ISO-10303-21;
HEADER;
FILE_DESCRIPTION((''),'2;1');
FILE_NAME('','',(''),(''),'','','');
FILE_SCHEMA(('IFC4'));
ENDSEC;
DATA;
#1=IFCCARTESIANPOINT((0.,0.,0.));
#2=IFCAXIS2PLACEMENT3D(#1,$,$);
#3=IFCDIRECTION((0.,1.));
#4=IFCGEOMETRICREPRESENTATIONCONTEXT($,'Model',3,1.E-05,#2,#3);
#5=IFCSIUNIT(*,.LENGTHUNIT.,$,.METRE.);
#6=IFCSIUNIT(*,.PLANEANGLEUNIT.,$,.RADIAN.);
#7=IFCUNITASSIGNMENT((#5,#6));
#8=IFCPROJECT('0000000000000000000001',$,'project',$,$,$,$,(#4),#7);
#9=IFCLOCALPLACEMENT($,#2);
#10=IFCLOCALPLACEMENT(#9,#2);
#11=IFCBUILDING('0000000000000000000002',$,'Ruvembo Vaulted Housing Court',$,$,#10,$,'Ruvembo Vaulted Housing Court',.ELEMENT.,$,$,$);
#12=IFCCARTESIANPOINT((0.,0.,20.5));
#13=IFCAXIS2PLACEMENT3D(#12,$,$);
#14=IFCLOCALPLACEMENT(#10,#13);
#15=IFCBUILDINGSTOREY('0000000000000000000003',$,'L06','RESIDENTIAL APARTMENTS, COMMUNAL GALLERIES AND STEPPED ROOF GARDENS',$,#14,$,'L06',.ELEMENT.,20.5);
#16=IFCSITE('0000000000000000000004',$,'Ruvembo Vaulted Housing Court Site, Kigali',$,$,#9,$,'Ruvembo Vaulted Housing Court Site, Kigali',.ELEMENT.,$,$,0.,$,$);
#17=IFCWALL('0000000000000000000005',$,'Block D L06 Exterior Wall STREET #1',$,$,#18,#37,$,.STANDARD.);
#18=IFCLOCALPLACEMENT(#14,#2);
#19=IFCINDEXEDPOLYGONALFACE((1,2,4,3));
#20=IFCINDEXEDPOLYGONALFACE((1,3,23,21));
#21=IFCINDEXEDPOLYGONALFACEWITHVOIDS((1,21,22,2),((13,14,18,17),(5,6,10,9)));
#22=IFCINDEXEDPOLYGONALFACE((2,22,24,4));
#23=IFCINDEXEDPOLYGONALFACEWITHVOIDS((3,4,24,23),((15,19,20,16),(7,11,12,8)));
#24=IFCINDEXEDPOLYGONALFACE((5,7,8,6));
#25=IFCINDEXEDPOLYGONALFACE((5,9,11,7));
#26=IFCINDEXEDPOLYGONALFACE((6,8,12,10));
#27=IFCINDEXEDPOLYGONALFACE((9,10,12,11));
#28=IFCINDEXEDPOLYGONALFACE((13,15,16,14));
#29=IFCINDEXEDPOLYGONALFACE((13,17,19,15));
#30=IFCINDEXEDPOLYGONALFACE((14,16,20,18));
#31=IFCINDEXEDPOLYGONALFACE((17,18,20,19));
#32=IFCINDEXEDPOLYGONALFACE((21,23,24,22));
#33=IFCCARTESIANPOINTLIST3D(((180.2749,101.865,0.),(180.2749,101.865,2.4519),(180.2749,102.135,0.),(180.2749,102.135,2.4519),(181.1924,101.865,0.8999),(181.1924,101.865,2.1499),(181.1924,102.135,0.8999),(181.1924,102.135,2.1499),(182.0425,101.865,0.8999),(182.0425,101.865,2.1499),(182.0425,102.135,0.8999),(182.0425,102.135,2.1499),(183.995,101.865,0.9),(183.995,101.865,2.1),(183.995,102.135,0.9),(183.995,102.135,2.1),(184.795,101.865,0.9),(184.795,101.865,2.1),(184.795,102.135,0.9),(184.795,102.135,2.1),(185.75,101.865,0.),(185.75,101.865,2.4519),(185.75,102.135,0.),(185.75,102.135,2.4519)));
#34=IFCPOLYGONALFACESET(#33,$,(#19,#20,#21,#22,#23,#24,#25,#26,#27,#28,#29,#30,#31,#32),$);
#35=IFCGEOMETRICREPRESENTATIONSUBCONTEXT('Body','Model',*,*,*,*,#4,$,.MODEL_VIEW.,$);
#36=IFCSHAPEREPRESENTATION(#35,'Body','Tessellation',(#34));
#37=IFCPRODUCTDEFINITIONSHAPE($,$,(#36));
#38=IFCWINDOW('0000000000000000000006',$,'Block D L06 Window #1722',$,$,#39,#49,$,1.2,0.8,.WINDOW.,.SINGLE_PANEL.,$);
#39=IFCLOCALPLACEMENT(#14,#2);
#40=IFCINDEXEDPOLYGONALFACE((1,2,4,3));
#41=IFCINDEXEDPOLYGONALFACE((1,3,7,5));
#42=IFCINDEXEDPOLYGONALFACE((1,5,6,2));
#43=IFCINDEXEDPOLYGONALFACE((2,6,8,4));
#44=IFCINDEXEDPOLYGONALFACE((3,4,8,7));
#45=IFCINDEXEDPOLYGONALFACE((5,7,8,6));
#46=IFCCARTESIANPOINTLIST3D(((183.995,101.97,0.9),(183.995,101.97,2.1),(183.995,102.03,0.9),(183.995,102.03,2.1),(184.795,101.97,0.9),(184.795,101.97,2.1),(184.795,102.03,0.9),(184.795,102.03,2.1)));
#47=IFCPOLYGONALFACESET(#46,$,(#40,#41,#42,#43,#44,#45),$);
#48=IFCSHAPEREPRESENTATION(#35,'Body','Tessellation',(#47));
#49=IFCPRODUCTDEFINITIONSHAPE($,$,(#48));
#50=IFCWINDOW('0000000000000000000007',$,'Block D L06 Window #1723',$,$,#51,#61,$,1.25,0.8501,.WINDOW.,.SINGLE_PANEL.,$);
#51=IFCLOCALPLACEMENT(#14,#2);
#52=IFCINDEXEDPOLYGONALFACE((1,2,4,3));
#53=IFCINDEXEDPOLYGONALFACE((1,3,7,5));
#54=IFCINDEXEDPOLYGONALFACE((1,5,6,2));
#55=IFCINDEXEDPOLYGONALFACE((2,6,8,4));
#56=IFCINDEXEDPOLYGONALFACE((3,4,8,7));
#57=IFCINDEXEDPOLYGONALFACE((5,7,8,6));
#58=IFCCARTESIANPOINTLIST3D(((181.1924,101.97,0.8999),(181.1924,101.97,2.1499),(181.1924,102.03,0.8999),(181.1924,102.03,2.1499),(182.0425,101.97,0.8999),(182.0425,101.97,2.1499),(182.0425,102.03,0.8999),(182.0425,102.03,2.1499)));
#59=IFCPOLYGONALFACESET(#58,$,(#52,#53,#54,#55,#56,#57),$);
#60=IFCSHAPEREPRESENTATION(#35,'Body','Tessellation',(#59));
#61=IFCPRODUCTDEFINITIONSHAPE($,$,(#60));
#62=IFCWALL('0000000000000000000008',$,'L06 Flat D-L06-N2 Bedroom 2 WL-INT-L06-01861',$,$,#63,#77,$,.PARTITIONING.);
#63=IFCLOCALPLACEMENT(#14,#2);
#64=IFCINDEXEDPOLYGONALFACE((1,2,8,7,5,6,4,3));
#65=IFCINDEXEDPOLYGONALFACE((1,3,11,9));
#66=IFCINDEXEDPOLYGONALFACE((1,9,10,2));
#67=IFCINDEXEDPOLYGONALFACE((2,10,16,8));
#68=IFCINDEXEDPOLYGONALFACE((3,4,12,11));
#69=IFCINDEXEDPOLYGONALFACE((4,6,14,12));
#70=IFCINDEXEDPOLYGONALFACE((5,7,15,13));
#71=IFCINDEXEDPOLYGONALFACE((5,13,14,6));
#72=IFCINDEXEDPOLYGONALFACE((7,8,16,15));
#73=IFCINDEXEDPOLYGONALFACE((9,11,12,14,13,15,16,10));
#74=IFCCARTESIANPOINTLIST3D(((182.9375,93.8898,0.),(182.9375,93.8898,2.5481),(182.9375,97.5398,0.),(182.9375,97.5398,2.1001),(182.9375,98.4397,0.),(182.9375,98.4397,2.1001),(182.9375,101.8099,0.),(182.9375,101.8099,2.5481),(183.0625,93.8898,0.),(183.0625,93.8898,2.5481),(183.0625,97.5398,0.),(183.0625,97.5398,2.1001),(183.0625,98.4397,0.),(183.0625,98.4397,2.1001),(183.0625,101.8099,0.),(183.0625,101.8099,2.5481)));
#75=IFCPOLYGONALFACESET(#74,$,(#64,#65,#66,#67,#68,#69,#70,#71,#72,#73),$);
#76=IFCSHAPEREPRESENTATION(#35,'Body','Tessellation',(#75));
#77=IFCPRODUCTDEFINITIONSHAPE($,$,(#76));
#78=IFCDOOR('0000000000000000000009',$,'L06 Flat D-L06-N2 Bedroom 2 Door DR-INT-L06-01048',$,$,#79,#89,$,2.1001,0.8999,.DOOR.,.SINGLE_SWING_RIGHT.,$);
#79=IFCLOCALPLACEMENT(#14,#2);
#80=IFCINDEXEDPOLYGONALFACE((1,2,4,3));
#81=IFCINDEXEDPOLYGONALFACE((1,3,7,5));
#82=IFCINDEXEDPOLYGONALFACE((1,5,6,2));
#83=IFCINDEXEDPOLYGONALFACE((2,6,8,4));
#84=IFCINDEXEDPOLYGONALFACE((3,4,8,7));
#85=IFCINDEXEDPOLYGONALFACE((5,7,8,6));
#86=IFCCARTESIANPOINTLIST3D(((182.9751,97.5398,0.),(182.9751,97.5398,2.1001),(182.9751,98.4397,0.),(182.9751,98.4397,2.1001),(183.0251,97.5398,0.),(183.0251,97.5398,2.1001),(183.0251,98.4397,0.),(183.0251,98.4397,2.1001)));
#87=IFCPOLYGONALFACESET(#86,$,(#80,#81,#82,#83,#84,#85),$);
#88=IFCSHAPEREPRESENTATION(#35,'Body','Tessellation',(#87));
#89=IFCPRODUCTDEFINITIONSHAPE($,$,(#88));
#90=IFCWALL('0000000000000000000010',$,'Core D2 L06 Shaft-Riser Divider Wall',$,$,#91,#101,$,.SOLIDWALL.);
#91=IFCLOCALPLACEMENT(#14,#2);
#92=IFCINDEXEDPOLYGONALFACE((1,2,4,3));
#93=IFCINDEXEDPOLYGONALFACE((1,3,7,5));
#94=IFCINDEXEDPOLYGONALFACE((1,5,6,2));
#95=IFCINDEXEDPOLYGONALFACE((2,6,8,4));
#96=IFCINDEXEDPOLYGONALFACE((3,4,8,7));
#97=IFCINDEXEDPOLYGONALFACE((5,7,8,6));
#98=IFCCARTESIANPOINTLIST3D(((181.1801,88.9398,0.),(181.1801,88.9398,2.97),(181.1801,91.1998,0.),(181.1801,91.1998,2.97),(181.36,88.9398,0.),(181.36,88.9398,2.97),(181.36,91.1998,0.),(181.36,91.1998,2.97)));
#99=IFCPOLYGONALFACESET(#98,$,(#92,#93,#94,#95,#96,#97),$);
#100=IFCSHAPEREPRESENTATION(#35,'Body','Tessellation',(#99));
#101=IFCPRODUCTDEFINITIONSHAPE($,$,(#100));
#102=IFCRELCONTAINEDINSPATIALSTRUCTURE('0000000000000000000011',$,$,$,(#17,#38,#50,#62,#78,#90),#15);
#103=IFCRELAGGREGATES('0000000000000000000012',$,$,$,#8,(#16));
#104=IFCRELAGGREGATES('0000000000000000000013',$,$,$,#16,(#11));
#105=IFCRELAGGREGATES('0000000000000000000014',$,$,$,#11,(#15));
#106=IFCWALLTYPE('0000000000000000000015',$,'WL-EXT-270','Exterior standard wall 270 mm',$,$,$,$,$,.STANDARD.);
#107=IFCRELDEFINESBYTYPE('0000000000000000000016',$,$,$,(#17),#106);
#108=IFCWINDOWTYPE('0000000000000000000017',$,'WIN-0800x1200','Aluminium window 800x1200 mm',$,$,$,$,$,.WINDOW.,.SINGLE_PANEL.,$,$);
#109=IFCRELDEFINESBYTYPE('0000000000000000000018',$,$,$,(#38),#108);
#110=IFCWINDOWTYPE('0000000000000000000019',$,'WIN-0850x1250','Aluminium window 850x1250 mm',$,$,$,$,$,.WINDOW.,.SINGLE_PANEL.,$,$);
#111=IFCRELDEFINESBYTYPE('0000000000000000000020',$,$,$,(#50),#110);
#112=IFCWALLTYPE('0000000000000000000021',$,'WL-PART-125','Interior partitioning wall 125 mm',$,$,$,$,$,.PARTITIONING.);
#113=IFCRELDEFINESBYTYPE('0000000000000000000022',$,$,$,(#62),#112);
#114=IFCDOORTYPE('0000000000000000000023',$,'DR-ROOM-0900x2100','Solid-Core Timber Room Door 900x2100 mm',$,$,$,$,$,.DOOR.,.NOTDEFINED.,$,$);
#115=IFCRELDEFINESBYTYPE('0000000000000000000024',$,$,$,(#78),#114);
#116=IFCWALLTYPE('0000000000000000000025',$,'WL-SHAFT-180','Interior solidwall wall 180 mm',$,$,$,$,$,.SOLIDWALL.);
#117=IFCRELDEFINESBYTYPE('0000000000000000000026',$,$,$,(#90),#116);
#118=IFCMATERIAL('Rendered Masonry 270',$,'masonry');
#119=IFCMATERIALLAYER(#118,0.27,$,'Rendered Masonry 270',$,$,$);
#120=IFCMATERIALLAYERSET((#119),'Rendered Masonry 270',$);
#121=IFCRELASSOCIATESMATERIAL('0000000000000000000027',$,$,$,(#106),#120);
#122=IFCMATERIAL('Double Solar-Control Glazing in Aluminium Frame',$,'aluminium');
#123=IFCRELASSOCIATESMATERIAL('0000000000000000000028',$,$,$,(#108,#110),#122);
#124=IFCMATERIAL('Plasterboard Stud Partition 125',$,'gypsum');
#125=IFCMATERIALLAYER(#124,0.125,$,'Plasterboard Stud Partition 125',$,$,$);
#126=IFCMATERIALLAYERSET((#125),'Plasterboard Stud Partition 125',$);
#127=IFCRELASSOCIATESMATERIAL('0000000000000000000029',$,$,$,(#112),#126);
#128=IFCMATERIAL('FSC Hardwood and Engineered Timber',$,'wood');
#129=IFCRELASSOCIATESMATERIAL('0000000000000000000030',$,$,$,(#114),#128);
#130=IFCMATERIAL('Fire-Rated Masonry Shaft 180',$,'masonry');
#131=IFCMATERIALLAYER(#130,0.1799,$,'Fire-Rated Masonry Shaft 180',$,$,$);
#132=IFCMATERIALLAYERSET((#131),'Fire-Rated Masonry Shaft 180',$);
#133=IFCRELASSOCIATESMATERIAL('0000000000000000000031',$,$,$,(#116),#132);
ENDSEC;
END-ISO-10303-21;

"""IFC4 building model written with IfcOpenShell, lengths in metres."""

from ifc_helpers import new_model, si_unit, direction, frame, frame_2d, origin, place, context, subcontext, project, spatial, rectangle, extrude, material, layer, layer_set, type_object, element, fill, save


model = new_model("IFC4")

# Units and contexts
model_context = context("Model", 3, precision=1e-05, world=origin(), true_north=direction((0.0, 1.0)))
body_context = subcontext(model_context, "Body", "Model", "MODEL_VIEW")
ifc_project = project(units=[si_unit("LENGTHUNIT", "METRE"), si_unit("PLANEANGLEUNIT", "RADIAN")], contexts=[model_context])

# Site, building, storey
site_placement = place(None, origin())
site = spatial("IfcSite", under=ifc_project, at=site_placement, Name="Ruvembo Vaulted Housing Court Site, Kigali", LongName="Ruvembo Vaulted Housing Court Site, Kigali", CompositionType="ELEMENT", RefElevation=0.0)
building_placement = place(site_placement, origin())
building = spatial("IfcBuilding", under=site, at=building_placement, Name="Ruvembo Vaulted Housing Court", LongName="Ruvembo Vaulted Housing Court", CompositionType="ELEMENT")
storey_placement = place(building_placement, frame((0.0, 0.0, 20.5)))
storey = spatial("IfcBuildingStorey", under=building, at=storey_placement, Name="L06", Description="RESIDENTIAL APARTMENTS, COMMUNAL GALLERIES AND STEPPED ROOF GARDENS", LongName="L06", CompositionType="ELEMENT", Elevation=20.5)

# Wall, openings, windows
ifc_material_1 = material(Name="Rendered Masonry 270", Category="masonry")
ifc_layer_1 = layer(ifc_material_1, 0.27, Name="Rendered Masonry 270")
ifc_layer_set_1 = layer_set([ifc_layer_1], Name="Rendered Masonry 270")
wall_type_1 = type_object("IfcWallType", Name="WL-EXT-270", Description="Exterior standard wall 270 mm", PredefinedType="STANDARD", material=ifc_layer_set_1)
ifc_material_2 = material(Name="Double Solar-Control Glazing in Aluminium Frame", Category="aluminium")
wall_1_placement = place(storey_placement, frame((185.75, 102.0, 0.0), z_axis=(0.0, 0.0, 1.0), x_axis=(-1.0, 0.0, 0.0)))
wall_1 = element("IfcWall", 1, at=wall_1_placement, inside=storey, type_object=wall_type_1, Name="Block D L06 Exterior Wall STREET #1", PredefinedType="STANDARD", context=body_context, shape_type="SweptSolid", body=[
    extrude(rectangle(XDim=5.4751, YDim=0.27, at=frame_2d((2.7375, 0.0))), origin(), (0.0, 0.0, 1.0), 2.4519),
])
opening_1_placement = place(wall_1_placement, frame((0.9551, 0.0, 0.8999)))
opening_1 = element("IfcOpeningElement", 2, at=opening_1_placement, cuts=wall_1, PredefinedType="OPENING", context=body_context, shape_type="SweptSolid", body=[
    extrude(rectangle(XDim=0.8, YDim=1.2, at=frame_2d((0.3999, 0.6001))), frame((0.0, 0.145, 0.0), z_axis=(0.0, -1.0, 0.0), x_axis=(1.0, 0.0, 0.0)), (0.0, 0.0, 1.0), 0.29),
])
opening_2_placement = place(wall_1_placement, frame((3.7075, 0.0, 0.8999)))
opening_2 = element("IfcOpeningElement", 3, at=opening_2_placement, cuts=wall_1, PredefinedType="OPENING", context=body_context, shape_type="SweptSolid", body=[
    extrude(rectangle(XDim=0.8501, YDim=1.25, at=frame_2d((0.425, 0.625))), frame((0.0, 0.145, 0.0), z_axis=(0.0, -1.0, 0.0), x_axis=(1.0, 0.0, 0.0)), (0.0, 0.0, 1.0), 0.29),
])
window_type_1 = type_object("IfcWindowType", Name="WIN-0800x1200", Description="Aluminium window 800x1200 mm", PartitioningType="SINGLE_PANEL", PredefinedType="WINDOW", material=ifc_material_2)
window_1_placement = place(opening_1_placement, origin())
window_1 = element("IfcWindow", 4, at=window_1_placement, inside=storey, type_object=window_type_1, Name="Block D L06 Window #1722", OverallHeight=1.2, OverallWidth=0.8, PartitioningType="SINGLE_PANEL", PredefinedType="WINDOW", context=body_context, shape_type="SweptSolid", body=[
    extrude(rectangle(XDim=0.8, YDim=1.2, at=frame_2d((0.3999, 0.6001))), frame((0.0, 0.03, 0.0), z_axis=(0.0, -1.0, 0.0), x_axis=(1.0, 0.0, 0.0)), (0.0, 0.0, 1.0), 0.0601),
])
fill(opening_1, window_1)
window_type_2 = type_object("IfcWindowType", Name="WIN-0850x1250", Description="Aluminium window 850x1250 mm", PartitioningType="SINGLE_PANEL", PredefinedType="WINDOW", material=ifc_material_2)
window_2_placement = place(opening_2_placement, origin())
window_2 = element("IfcWindow", 5, at=window_2_placement, inside=storey, type_object=window_type_2, Name="Block D L06 Window #1723", OverallHeight=1.25, OverallWidth=0.8501, PartitioningType="SINGLE_PANEL", PredefinedType="WINDOW", context=body_context, shape_type="SweptSolid", body=[
    extrude(rectangle(XDim=0.8501, YDim=1.25, at=frame_2d((0.425, 0.625))), frame((0.0, 0.03, 0.0), z_axis=(0.0, -1.0, 0.0), x_axis=(1.0, 0.0, 0.0)), (0.0, 0.0, 1.0), 0.0601),
])
fill(opening_2, window_2)

# Wall, opening, door
ifc_material_3 = material(Name="Plasterboard Stud Partition 125", Category="gypsum")
ifc_layer_2 = layer(ifc_material_3, 0.125, Name="Plasterboard Stud Partition 125")
ifc_layer_set_2 = layer_set([ifc_layer_2], Name="Plasterboard Stud Partition 125")
wall_type_2 = type_object("IfcWallType", Name="WL-PART-125", Description="Interior partitioning wall 125 mm", PredefinedType="PARTITIONING", material=ifc_layer_set_2)
wall_2_placement = place(storey_placement, frame((183.0, 93.8899, 0.0), z_axis=(0.0, 0.0, 1.0), x_axis=(0.0, 1.0, 0.0)))
wall_2 = element("IfcWall", 6, at=wall_2_placement, inside=storey, type_object=wall_type_2, Name="L06 Flat D-L06-N2 Bedroom 2 WL-INT-L06-01861", PredefinedType="PARTITIONING", context=body_context, shape_type="SweptSolid", body=[
    extrude(rectangle(XDim=7.9202, YDim=0.125, at=frame_2d((3.96, 0.0))), origin(), (0.0, 0.0, 1.0), 2.5481),
])
opening_3_placement = place(wall_2_placement, frame((3.6499, 0.0, 0.0)))
opening_3 = element("IfcOpeningElement", 7, at=opening_3_placement, cuts=wall_2, PredefinedType="OPENING", context=body_context, shape_type="SweptSolid", body=[
    extrude(rectangle(XDim=0.8999, YDim=2.1001, at=frame_2d((0.45, 1.05))), frame((0.0, 0.0725, 0.0), z_axis=(0.0, -1.0, 0.0), x_axis=(1.0, 0.0, 0.0)), (0.0, 0.0, 1.0), 0.145),
])
ifc_material_4 = material(Name="FSC Hardwood and Engineered Timber", Category="wood")
door_type = type_object("IfcDoorType", Name="DR-ROOM-0900x2100", Description="Solid-Core Timber Room Door 900x2100 mm", OperationType="NOTDEFINED", PredefinedType="DOOR", material=ifc_material_4)
door_placement = place(opening_3_placement, origin())
door = element("IfcDoor", 8, at=door_placement, inside=storey, type_object=door_type, Name="L06 Flat D-L06-N2 Bedroom 2 Door DR-INT-L06-01048", OperationType="SINGLE_SWING_RIGHT", OverallHeight=2.1001, OverallWidth=0.8999, PredefinedType="DOOR", context=body_context, shape_type="SweptSolid", body=[
    extrude(rectangle(XDim=0.8999, YDim=2.1001, at=frame_2d((0.45, 1.05))), frame((0.0, 0.0249, 0.0), z_axis=(0.0, -1.0, 0.0), x_axis=(1.0, 0.0, 0.0)), (0.0, 0.0, 1.0), 0.05),
])
fill(opening_3, door)

# Wall
ifc_material_5 = material(Name="Fire-Rated Masonry Shaft 180", Category="masonry")
ifc_layer_3 = layer(ifc_material_5, 0.1799, Name="Fire-Rated Masonry Shaft 180")
ifc_layer_set_3 = layer_set([ifc_layer_3], Name="Fire-Rated Masonry Shaft 180")
wall_type_3 = type_object("IfcWallType", Name="WL-SHAFT-180", Description="Interior solidwall wall 180 mm", PredefinedType="SOLIDWALL", material=ifc_layer_set_3)
wall_3_placement = place(storey_placement, frame((181.27, 88.9399, 0.0), z_axis=(0.0, 0.0, 1.0), x_axis=(0.0, 1.0, 0.0)))
element("IfcWall", 9, at=wall_3_placement, inside=storey, type_object=wall_type_3, Name="Core D2 L06 Shaft-Riser Divider Wall", PredefinedType="SOLIDWALL", context=body_context, shape_type="SweptSolid", body=[
    extrude(rectangle(XDim=2.26, YDim=0.1799, at=frame_2d((1.1299, 0.0))), origin(), (0.0, 0.0, 1.0), 2.97),
])

save(model, "model.ifc")
